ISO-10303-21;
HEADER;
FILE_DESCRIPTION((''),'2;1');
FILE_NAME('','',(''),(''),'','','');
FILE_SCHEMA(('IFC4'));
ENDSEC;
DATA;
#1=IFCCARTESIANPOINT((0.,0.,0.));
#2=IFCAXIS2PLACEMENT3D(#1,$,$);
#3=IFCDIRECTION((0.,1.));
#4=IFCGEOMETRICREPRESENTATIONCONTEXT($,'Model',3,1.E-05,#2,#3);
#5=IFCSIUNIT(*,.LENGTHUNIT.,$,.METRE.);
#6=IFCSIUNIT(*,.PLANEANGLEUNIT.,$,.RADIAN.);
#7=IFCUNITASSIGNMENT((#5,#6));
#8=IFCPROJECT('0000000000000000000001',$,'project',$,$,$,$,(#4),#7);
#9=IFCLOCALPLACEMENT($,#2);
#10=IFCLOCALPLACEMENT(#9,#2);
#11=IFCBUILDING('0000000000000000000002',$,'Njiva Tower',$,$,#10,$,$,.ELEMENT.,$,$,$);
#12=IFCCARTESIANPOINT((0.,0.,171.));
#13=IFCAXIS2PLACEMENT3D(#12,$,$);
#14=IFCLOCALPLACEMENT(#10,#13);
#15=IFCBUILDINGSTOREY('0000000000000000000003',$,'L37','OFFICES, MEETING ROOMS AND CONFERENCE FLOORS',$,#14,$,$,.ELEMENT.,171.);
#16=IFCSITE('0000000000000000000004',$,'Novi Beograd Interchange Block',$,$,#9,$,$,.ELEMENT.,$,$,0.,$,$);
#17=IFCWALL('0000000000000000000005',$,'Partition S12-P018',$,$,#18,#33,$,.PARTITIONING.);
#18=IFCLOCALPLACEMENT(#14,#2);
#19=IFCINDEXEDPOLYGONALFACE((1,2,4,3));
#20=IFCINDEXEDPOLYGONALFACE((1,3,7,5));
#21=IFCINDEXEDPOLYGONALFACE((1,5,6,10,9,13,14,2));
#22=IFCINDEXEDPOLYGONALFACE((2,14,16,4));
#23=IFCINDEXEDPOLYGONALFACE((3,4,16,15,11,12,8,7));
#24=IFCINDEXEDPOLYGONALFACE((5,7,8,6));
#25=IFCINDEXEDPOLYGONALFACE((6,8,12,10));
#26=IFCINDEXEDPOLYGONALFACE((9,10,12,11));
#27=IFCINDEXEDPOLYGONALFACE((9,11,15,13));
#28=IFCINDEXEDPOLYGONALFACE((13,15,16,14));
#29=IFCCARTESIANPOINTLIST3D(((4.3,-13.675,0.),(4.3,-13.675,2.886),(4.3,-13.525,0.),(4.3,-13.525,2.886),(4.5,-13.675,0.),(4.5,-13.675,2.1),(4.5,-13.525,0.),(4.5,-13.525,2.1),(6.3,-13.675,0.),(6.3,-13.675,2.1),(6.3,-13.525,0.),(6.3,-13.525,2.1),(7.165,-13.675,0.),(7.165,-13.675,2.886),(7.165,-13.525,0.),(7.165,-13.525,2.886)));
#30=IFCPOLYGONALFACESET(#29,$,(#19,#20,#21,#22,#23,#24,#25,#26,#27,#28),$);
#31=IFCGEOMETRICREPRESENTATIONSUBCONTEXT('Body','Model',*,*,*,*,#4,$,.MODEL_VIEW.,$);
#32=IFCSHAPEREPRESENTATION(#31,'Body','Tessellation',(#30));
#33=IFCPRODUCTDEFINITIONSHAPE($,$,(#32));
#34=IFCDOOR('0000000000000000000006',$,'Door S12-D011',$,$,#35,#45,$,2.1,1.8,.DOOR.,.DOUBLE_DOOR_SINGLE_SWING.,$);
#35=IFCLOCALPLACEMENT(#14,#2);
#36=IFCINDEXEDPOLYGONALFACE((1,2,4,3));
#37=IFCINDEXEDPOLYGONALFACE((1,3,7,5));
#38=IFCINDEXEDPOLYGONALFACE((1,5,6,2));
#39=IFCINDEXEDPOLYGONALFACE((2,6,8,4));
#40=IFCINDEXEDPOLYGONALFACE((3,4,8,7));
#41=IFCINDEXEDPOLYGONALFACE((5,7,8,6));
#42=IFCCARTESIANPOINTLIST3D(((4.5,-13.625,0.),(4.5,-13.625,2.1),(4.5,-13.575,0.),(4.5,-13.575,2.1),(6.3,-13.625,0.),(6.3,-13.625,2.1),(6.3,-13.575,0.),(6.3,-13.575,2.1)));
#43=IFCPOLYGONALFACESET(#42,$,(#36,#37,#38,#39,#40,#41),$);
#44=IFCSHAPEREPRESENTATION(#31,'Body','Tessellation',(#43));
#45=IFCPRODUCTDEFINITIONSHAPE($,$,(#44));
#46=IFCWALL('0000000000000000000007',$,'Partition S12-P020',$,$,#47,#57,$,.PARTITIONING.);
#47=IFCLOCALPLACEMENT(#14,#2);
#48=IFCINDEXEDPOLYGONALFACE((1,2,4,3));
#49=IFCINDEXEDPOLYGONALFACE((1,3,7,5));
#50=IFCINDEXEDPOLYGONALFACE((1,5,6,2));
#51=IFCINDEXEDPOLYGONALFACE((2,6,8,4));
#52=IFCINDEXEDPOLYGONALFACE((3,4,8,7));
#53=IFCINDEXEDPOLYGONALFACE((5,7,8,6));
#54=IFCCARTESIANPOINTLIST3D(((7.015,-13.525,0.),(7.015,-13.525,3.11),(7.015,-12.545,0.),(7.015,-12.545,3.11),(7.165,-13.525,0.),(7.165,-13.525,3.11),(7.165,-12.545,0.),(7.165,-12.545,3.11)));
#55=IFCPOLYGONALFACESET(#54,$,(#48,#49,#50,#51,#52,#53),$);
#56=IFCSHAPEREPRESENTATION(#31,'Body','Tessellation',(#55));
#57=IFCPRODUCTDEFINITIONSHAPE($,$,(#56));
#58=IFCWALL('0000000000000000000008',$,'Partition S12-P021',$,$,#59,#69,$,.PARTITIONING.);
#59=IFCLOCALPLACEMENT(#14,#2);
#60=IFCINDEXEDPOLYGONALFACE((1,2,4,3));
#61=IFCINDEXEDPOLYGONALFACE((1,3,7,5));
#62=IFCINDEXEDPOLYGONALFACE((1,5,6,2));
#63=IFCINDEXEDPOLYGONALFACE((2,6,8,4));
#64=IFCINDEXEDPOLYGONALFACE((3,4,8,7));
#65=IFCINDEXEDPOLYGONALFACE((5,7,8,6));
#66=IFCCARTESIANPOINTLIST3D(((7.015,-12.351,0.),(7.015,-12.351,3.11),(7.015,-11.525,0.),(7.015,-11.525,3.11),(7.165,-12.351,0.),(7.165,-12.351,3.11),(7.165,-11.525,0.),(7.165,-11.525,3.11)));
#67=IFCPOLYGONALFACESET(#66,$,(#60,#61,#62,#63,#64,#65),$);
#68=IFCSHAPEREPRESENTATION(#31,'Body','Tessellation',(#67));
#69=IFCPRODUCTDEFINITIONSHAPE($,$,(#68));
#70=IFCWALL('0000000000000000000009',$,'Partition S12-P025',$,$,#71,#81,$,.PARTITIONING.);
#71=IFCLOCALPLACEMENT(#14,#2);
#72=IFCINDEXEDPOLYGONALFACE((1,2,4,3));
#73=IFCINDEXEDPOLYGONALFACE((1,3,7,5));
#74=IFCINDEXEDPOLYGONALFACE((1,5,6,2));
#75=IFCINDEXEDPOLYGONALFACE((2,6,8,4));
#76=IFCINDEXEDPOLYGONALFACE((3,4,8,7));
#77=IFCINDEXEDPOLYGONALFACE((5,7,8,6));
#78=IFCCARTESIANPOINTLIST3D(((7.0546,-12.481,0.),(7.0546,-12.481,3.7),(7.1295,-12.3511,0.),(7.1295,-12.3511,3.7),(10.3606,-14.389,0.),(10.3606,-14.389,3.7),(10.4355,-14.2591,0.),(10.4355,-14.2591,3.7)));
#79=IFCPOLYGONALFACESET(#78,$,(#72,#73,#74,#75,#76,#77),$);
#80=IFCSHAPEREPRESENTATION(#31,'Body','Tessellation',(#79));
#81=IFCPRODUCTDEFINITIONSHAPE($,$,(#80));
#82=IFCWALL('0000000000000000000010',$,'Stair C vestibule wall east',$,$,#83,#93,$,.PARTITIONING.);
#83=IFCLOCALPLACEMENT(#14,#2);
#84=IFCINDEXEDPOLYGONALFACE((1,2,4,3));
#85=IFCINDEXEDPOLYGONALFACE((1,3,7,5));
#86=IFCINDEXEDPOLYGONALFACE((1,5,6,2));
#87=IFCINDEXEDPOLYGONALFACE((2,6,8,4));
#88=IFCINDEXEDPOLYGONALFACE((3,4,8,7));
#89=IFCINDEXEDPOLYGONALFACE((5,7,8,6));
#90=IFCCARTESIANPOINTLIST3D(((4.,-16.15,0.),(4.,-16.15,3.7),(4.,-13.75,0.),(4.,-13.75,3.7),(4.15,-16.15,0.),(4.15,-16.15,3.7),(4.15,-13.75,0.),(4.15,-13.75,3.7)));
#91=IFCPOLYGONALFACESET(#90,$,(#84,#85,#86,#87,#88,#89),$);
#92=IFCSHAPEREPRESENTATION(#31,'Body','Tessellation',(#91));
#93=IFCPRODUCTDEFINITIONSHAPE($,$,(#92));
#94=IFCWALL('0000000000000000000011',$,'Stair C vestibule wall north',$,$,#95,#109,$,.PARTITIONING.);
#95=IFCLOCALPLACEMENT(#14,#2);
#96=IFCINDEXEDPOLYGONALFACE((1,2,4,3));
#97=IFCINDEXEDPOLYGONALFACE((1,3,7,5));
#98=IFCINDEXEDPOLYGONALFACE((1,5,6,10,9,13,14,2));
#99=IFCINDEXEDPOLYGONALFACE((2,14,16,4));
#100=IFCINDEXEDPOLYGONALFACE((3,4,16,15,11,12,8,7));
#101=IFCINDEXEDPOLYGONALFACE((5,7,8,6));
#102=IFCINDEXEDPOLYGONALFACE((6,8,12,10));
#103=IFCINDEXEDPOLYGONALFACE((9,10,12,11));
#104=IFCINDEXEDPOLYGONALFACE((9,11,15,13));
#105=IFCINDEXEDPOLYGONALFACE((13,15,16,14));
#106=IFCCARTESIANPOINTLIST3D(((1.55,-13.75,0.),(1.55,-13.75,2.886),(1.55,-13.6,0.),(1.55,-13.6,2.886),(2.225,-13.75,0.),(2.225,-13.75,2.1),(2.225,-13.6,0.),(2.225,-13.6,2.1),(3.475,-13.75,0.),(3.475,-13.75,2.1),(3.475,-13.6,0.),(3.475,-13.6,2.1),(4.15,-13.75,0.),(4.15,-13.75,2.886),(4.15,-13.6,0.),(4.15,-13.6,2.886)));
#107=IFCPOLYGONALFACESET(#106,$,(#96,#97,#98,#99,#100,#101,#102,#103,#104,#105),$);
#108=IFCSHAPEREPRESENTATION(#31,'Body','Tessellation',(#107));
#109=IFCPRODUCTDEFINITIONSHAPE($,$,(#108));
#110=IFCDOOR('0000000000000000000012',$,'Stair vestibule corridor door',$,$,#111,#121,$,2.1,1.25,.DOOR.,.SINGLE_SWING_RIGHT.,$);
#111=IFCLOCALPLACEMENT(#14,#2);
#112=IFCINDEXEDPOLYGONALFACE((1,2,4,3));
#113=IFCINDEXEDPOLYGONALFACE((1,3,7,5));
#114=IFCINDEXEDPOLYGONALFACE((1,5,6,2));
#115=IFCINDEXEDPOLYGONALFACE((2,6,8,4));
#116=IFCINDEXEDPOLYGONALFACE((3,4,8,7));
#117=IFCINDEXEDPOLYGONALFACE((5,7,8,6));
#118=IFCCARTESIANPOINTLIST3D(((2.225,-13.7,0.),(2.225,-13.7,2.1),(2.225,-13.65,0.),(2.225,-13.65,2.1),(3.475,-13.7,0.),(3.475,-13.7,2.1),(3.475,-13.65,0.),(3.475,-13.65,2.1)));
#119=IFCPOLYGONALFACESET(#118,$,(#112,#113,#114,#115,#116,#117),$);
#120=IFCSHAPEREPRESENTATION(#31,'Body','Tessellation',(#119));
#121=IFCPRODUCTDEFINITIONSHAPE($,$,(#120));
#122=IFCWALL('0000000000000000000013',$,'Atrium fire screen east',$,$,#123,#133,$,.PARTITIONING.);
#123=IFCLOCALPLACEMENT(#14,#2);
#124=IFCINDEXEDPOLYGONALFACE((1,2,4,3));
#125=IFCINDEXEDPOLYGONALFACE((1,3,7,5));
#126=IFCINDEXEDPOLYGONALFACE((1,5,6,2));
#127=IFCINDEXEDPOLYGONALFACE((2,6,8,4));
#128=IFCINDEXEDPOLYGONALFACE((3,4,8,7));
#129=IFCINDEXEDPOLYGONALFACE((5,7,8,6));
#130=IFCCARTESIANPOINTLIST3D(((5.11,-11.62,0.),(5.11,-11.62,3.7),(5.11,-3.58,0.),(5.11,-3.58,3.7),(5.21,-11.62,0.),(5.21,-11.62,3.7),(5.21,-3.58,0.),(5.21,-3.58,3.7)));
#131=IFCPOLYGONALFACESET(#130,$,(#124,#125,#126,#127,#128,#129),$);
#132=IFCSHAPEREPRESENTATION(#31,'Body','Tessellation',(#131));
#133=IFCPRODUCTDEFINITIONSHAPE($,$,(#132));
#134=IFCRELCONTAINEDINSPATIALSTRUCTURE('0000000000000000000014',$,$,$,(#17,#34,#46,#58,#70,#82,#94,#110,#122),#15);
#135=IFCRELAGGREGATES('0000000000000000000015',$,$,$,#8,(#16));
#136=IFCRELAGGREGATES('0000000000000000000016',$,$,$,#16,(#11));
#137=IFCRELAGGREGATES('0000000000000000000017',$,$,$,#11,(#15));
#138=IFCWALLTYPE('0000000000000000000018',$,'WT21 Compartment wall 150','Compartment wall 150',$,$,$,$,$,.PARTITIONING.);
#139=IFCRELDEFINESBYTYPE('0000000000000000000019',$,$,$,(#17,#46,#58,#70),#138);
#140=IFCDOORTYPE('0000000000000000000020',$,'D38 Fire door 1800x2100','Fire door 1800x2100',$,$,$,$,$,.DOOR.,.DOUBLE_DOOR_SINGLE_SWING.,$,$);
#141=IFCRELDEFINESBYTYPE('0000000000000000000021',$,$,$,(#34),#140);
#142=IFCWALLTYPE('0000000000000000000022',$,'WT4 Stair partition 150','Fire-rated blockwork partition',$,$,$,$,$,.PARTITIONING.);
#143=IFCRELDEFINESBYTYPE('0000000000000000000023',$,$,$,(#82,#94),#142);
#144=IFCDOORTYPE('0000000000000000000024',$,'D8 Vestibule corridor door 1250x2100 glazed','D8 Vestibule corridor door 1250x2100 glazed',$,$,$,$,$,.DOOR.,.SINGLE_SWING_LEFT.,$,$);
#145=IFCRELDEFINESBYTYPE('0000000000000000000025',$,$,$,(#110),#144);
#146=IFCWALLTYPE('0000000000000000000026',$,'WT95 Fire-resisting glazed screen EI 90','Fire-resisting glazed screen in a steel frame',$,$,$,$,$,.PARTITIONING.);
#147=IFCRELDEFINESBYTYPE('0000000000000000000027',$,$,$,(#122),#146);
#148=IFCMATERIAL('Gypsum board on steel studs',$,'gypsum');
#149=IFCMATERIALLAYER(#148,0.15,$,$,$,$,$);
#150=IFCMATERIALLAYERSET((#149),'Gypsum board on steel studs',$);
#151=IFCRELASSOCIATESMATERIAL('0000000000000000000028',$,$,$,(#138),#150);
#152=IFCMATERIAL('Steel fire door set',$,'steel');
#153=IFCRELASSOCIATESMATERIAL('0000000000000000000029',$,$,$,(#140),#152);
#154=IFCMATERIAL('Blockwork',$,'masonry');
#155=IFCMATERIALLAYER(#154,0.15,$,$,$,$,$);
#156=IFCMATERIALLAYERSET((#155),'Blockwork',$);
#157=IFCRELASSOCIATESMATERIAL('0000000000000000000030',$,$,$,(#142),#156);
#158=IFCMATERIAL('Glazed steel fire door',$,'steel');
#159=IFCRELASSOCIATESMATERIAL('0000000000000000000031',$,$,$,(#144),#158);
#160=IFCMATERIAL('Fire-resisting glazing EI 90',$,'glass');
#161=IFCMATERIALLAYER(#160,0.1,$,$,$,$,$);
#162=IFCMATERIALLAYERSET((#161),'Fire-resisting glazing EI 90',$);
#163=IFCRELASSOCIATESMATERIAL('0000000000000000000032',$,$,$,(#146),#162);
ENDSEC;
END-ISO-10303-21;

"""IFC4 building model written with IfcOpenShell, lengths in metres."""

from ifc_helpers import new_model, si_unit, direction, frame, frame_2d, origin, place, context, subcontext, project, spatial, rectangle, extrude, material, layer, layer_set, type_object, element, fill, save


model = new_model("IFC4")

# Units and contexts
model_context = context("Model", 3, precision=1e-05, world=origin(), true_north=direction((0.0, 1.0)))
body_context = subcontext(model_context, "Body", "Model", "MODEL_VIEW")
ifc_project = project(units=[si_unit("LENGTHUNIT", "METRE"), si_unit("PLANEANGLEUNIT", "RADIAN")], contexts=[model_context])

# Site, building, storey
site_placement = place(None, origin())
site = spatial("IfcSite", under=ifc_project, at=site_placement, Name="Novi Beograd Interchange Block", CompositionType="ELEMENT", RefElevation=0.0)
building_placement = place(site_placement, origin())
building = spatial("IfcBuilding", under=site, at=building_placement, Name="Njiva Tower", CompositionType="ELEMENT")
storey_placement = place(building_placement, frame((0.0, 0.0, 171.0)))
storey = spatial("IfcBuildingStorey", under=building, at=storey_placement, Name="L37", Description="OFFICES, MEETING ROOMS AND CONFERENCE FLOORS", CompositionType="ELEMENT", Elevation=171.0)

# Wall, opening, door
ifc_material_1 = material(Name="Gypsum board on steel studs", Category="gypsum")
ifc_layer_1 = layer(ifc_material_1, 0.15)
ifc_layer_set_1 = layer_set([ifc_layer_1], Name="Gypsum board on steel studs")
wall_type_1 = type_object("IfcWallType", Name="WT21 Compartment wall 150", Description="Compartment wall 150", PredefinedType="PARTITIONING", material=ifc_layer_set_1)
wall_1_placement = place(storey_placement, frame((4.3, -13.6, 0.0), z_axis=(0.0, 0.0, 1.0), x_axis=(1.0, 0.0, 0.0)))
wall_1 = element("IfcWall", 1, at=wall_1_placement, inside=storey, type_object=wall_type_1, Name="Partition S12-P018", PredefinedType="PARTITIONING", context=body_context, shape_type="SweptSolid", body=[
    extrude(rectangle(XDim=2.865, YDim=0.15, at=frame_2d((1.4325, 0.0))), origin(), (0.0, 0.0, 1.0), 2.886),
])
opening_1_placement = place(wall_1_placement, frame((0.2, 0.0, 0.0)))
opening_1 = element("IfcOpeningElement", 2, at=opening_1_placement, cuts=wall_1, PredefinedType="OPENING", context=body_context, shape_type="SweptSolid", body=[
    extrude(rectangle(XDim=1.8, YDim=2.1, at=frame_2d((0.9, 1.05))), frame((0.0, 0.085, 0.0), z_axis=(0.0, -1.0, 0.0), x_axis=(1.0, 0.0, 0.0)), (0.0, 0.0, 1.0), 0.17),
])
ifc_material_2 = material(Name="Steel fire door set", Category="steel")
door_type_1 = type_object("IfcDoorType", Name="D38 Fire door 1800x2100", Description="Fire door 1800x2100", OperationType="DOUBLE_DOOR_SINGLE_SWING", PredefinedType="DOOR", material=ifc_material_2)
door_1_placement = place(opening_1_placement, origin())
door_1 = element("IfcDoor", 3, at=door_1_placement, inside=storey, type_object=door_type_1, Name="Door S12-D011", OperationType="DOUBLE_DOOR_SINGLE_SWING", OverallHeight=2.1, OverallWidth=1.8, PredefinedType="DOOR", context=body_context, shape_type="SweptSolid", body=[
    extrude(rectangle(XDim=1.8, YDim=2.1, at=frame_2d((0.9, 1.05))), frame((0.0, 0.025, 0.0), z_axis=(0.0, -1.0, 0.0), x_axis=(1.0, 0.0, 0.0)), (0.0, 0.0, 1.0), 0.05),
])
fill(opening_1, door_1)

# Walls
wall_2_placement = place(storey_placement, frame((7.09, -13.525, 0.0), z_axis=(0.0, 0.0, 1.0), x_axis=(0.0, 1.0, 0.0)))
element("IfcWall", 4, at=wall_2_placement, inside=storey, type_object=wall_type_1, Name="Partition S12-P020", PredefinedType="PARTITIONING", context=body_context, shape_type="SweptSolid", body=[
    extrude(rectangle(XDim=0.98, YDim=0.15, at=frame_2d((0.49, 0.0))), origin(), (0.0, 0.0, 1.0), 3.11),
])
wall_3_placement = place(storey_placement, frame((7.09, -12.351, 0.0), z_axis=(0.0, 0.0, 1.0), x_axis=(0.0, 1.0, 0.0)))
element("IfcWall", 5, at=wall_3_placement, inside=storey, type_object=wall_type_1, Name="Partition S12-P021", PredefinedType="PARTITIONING", context=body_context, shape_type="SweptSolid", body=[
    extrude(rectangle(XDim=0.826, YDim=0.15, at=frame_2d((0.413, 0.0))), origin(), (0.0, 0.0, 1.0), 3.11),
])
wall_4_placement = place(storey_placement, frame((7.092, -12.416, 0.0), z_axis=(0.0, 0.0, 1.0), x_axis=(0.866107, -0.499859, 0.0)))
element("IfcWall", 6, at=wall_4_placement, inside=storey, type_object=wall_type_1, Name="Partition S12-P025", PredefinedType="PARTITIONING", context=body_context, shape_type="SweptSolid", body=[
    extrude(rectangle(XDim=3.8171, YDim=0.15, at=frame_2d((1.9086, 0.0))), origin(), (0.0, 0.0, 1.0), 3.7),
])
ifc_material_3 = material(Name="Blockwork", Category="masonry")
ifc_layer_2 = layer(ifc_material_3, 0.15)
ifc_layer_set_2 = layer_set([ifc_layer_2], Name="Blockwork")
wall_type_2 = type_object("IfcWallType", Name="WT4 Stair partition 150", Description="Fire-rated blockwork partition", PredefinedType="PARTITIONING", material=ifc_layer_set_2)
wall_5_placement = place(storey_placement, frame((4.075, -16.15, 0.0), z_axis=(0.0, 0.0, 1.0), x_axis=(0.0, 1.0, 0.0)))
element("IfcWall", 7, at=wall_5_placement, inside=storey, type_object=wall_type_2, Name="Stair C vestibule wall east", PredefinedType="PARTITIONING", context=body_context, shape_type="SweptSolid", body=[
    extrude(rectangle(XDim=2.4, YDim=0.15, at=frame_2d((1.2, 0.0))), origin(), (0.0, 0.0, 1.0), 3.7),
])

# Wall, opening, door
wall_6_placement = place(storey_placement, frame((1.55, -13.675, 0.0), z_axis=(0.0, 0.0, 1.0), x_axis=(1.0, 0.0, 0.0)))
wall_6 = element("IfcWall", 8, at=wall_6_placement, inside=storey, type_object=wall_type_2, Name="Stair C vestibule wall north", PredefinedType="PARTITIONING", context=body_context, shape_type="SweptSolid", body=[
    extrude(rectangle(XDim=2.6, YDim=0.15, at=frame_2d((1.3, 0.0))), origin(), (0.0, 0.0, 1.0), 2.886),
])
opening_2_placement = place(wall_6_placement, frame((0.675, 0.0, 0.0)))
opening_2 = element("IfcOpeningElement", 9, at=opening_2_placement, cuts=wall_6, PredefinedType="OPENING", context=body_context, shape_type="SweptSolid", body=[
    extrude(rectangle(XDim=1.25, YDim=2.1, at=frame_2d((0.625, 1.05))), frame((0.0, 0.085, 0.0), z_axis=(0.0, -1.0, 0.0), x_axis=(1.0, 0.0, 0.0)), (0.0, 0.0, 1.0), 0.17),
])
ifc_material_4 = material(Name="Glazed steel fire door", Category="steel")
door_type_2 = type_object("IfcDoorType", Name="D8 Vestibule corridor door 1250x2100 glazed", Description="D8 Vestibule corridor door 1250x2100 glazed", OperationType="SINGLE_SWING_LEFT", PredefinedType="DOOR", material=ifc_material_4)
door_2_placement = place(opening_2_placement, origin())
door_2 = element("IfcDoor", 10, at=door_2_placement, inside=storey, type_object=door_type_2, Name="Stair vestibule corridor door", OperationType="SINGLE_SWING_RIGHT", OverallHeight=2.1, OverallWidth=1.25, PredefinedType="DOOR", context=body_context, shape_type="SweptSolid", body=[
    extrude(rectangle(XDim=1.25, YDim=2.1, at=frame_2d((0.625, 1.05))), frame((0.0, 0.025, 0.0), z_axis=(0.0, -1.0, 0.0), x_axis=(1.0, 0.0, 0.0)), (0.0, 0.0, 1.0), 0.05),
])
fill(opening_2, door_2)

# Wall
ifc_material_5 = material(Name="Fire-resisting glazing EI 90", Category="glass")
ifc_layer_3 = layer(ifc_material_5, 0.1)
ifc_layer_set_3 = layer_set([ifc_layer_3], Name="Fire-resisting glazing EI 90")
wall_type_3 = type_object("IfcWallType", Name="WT95 Fire-resisting glazed screen EI 90", Description="Fire-resisting glazed screen in a steel frame", PredefinedType="PARTITIONING", material=ifc_layer_set_3)
wall_7_placement = place(storey_placement, frame((5.16, -11.62, 0.0), z_axis=(0.0, 0.0, 1.0), x_axis=(0.0, 1.0, 0.0)))
element("IfcWall", 11, at=wall_7_placement, inside=storey, type_object=wall_type_3, Name="Atrium fire screen east", PredefinedType="PARTITIONING", context=body_context, shape_type="SweptSolid", body=[
    extrude(rectangle(XDim=8.04, YDim=0.1, at=frame_2d((4.02, 0.0))), origin(), (0.0, 0.0, 1.0), 3.7),
])

save(model, "model.ifc")
